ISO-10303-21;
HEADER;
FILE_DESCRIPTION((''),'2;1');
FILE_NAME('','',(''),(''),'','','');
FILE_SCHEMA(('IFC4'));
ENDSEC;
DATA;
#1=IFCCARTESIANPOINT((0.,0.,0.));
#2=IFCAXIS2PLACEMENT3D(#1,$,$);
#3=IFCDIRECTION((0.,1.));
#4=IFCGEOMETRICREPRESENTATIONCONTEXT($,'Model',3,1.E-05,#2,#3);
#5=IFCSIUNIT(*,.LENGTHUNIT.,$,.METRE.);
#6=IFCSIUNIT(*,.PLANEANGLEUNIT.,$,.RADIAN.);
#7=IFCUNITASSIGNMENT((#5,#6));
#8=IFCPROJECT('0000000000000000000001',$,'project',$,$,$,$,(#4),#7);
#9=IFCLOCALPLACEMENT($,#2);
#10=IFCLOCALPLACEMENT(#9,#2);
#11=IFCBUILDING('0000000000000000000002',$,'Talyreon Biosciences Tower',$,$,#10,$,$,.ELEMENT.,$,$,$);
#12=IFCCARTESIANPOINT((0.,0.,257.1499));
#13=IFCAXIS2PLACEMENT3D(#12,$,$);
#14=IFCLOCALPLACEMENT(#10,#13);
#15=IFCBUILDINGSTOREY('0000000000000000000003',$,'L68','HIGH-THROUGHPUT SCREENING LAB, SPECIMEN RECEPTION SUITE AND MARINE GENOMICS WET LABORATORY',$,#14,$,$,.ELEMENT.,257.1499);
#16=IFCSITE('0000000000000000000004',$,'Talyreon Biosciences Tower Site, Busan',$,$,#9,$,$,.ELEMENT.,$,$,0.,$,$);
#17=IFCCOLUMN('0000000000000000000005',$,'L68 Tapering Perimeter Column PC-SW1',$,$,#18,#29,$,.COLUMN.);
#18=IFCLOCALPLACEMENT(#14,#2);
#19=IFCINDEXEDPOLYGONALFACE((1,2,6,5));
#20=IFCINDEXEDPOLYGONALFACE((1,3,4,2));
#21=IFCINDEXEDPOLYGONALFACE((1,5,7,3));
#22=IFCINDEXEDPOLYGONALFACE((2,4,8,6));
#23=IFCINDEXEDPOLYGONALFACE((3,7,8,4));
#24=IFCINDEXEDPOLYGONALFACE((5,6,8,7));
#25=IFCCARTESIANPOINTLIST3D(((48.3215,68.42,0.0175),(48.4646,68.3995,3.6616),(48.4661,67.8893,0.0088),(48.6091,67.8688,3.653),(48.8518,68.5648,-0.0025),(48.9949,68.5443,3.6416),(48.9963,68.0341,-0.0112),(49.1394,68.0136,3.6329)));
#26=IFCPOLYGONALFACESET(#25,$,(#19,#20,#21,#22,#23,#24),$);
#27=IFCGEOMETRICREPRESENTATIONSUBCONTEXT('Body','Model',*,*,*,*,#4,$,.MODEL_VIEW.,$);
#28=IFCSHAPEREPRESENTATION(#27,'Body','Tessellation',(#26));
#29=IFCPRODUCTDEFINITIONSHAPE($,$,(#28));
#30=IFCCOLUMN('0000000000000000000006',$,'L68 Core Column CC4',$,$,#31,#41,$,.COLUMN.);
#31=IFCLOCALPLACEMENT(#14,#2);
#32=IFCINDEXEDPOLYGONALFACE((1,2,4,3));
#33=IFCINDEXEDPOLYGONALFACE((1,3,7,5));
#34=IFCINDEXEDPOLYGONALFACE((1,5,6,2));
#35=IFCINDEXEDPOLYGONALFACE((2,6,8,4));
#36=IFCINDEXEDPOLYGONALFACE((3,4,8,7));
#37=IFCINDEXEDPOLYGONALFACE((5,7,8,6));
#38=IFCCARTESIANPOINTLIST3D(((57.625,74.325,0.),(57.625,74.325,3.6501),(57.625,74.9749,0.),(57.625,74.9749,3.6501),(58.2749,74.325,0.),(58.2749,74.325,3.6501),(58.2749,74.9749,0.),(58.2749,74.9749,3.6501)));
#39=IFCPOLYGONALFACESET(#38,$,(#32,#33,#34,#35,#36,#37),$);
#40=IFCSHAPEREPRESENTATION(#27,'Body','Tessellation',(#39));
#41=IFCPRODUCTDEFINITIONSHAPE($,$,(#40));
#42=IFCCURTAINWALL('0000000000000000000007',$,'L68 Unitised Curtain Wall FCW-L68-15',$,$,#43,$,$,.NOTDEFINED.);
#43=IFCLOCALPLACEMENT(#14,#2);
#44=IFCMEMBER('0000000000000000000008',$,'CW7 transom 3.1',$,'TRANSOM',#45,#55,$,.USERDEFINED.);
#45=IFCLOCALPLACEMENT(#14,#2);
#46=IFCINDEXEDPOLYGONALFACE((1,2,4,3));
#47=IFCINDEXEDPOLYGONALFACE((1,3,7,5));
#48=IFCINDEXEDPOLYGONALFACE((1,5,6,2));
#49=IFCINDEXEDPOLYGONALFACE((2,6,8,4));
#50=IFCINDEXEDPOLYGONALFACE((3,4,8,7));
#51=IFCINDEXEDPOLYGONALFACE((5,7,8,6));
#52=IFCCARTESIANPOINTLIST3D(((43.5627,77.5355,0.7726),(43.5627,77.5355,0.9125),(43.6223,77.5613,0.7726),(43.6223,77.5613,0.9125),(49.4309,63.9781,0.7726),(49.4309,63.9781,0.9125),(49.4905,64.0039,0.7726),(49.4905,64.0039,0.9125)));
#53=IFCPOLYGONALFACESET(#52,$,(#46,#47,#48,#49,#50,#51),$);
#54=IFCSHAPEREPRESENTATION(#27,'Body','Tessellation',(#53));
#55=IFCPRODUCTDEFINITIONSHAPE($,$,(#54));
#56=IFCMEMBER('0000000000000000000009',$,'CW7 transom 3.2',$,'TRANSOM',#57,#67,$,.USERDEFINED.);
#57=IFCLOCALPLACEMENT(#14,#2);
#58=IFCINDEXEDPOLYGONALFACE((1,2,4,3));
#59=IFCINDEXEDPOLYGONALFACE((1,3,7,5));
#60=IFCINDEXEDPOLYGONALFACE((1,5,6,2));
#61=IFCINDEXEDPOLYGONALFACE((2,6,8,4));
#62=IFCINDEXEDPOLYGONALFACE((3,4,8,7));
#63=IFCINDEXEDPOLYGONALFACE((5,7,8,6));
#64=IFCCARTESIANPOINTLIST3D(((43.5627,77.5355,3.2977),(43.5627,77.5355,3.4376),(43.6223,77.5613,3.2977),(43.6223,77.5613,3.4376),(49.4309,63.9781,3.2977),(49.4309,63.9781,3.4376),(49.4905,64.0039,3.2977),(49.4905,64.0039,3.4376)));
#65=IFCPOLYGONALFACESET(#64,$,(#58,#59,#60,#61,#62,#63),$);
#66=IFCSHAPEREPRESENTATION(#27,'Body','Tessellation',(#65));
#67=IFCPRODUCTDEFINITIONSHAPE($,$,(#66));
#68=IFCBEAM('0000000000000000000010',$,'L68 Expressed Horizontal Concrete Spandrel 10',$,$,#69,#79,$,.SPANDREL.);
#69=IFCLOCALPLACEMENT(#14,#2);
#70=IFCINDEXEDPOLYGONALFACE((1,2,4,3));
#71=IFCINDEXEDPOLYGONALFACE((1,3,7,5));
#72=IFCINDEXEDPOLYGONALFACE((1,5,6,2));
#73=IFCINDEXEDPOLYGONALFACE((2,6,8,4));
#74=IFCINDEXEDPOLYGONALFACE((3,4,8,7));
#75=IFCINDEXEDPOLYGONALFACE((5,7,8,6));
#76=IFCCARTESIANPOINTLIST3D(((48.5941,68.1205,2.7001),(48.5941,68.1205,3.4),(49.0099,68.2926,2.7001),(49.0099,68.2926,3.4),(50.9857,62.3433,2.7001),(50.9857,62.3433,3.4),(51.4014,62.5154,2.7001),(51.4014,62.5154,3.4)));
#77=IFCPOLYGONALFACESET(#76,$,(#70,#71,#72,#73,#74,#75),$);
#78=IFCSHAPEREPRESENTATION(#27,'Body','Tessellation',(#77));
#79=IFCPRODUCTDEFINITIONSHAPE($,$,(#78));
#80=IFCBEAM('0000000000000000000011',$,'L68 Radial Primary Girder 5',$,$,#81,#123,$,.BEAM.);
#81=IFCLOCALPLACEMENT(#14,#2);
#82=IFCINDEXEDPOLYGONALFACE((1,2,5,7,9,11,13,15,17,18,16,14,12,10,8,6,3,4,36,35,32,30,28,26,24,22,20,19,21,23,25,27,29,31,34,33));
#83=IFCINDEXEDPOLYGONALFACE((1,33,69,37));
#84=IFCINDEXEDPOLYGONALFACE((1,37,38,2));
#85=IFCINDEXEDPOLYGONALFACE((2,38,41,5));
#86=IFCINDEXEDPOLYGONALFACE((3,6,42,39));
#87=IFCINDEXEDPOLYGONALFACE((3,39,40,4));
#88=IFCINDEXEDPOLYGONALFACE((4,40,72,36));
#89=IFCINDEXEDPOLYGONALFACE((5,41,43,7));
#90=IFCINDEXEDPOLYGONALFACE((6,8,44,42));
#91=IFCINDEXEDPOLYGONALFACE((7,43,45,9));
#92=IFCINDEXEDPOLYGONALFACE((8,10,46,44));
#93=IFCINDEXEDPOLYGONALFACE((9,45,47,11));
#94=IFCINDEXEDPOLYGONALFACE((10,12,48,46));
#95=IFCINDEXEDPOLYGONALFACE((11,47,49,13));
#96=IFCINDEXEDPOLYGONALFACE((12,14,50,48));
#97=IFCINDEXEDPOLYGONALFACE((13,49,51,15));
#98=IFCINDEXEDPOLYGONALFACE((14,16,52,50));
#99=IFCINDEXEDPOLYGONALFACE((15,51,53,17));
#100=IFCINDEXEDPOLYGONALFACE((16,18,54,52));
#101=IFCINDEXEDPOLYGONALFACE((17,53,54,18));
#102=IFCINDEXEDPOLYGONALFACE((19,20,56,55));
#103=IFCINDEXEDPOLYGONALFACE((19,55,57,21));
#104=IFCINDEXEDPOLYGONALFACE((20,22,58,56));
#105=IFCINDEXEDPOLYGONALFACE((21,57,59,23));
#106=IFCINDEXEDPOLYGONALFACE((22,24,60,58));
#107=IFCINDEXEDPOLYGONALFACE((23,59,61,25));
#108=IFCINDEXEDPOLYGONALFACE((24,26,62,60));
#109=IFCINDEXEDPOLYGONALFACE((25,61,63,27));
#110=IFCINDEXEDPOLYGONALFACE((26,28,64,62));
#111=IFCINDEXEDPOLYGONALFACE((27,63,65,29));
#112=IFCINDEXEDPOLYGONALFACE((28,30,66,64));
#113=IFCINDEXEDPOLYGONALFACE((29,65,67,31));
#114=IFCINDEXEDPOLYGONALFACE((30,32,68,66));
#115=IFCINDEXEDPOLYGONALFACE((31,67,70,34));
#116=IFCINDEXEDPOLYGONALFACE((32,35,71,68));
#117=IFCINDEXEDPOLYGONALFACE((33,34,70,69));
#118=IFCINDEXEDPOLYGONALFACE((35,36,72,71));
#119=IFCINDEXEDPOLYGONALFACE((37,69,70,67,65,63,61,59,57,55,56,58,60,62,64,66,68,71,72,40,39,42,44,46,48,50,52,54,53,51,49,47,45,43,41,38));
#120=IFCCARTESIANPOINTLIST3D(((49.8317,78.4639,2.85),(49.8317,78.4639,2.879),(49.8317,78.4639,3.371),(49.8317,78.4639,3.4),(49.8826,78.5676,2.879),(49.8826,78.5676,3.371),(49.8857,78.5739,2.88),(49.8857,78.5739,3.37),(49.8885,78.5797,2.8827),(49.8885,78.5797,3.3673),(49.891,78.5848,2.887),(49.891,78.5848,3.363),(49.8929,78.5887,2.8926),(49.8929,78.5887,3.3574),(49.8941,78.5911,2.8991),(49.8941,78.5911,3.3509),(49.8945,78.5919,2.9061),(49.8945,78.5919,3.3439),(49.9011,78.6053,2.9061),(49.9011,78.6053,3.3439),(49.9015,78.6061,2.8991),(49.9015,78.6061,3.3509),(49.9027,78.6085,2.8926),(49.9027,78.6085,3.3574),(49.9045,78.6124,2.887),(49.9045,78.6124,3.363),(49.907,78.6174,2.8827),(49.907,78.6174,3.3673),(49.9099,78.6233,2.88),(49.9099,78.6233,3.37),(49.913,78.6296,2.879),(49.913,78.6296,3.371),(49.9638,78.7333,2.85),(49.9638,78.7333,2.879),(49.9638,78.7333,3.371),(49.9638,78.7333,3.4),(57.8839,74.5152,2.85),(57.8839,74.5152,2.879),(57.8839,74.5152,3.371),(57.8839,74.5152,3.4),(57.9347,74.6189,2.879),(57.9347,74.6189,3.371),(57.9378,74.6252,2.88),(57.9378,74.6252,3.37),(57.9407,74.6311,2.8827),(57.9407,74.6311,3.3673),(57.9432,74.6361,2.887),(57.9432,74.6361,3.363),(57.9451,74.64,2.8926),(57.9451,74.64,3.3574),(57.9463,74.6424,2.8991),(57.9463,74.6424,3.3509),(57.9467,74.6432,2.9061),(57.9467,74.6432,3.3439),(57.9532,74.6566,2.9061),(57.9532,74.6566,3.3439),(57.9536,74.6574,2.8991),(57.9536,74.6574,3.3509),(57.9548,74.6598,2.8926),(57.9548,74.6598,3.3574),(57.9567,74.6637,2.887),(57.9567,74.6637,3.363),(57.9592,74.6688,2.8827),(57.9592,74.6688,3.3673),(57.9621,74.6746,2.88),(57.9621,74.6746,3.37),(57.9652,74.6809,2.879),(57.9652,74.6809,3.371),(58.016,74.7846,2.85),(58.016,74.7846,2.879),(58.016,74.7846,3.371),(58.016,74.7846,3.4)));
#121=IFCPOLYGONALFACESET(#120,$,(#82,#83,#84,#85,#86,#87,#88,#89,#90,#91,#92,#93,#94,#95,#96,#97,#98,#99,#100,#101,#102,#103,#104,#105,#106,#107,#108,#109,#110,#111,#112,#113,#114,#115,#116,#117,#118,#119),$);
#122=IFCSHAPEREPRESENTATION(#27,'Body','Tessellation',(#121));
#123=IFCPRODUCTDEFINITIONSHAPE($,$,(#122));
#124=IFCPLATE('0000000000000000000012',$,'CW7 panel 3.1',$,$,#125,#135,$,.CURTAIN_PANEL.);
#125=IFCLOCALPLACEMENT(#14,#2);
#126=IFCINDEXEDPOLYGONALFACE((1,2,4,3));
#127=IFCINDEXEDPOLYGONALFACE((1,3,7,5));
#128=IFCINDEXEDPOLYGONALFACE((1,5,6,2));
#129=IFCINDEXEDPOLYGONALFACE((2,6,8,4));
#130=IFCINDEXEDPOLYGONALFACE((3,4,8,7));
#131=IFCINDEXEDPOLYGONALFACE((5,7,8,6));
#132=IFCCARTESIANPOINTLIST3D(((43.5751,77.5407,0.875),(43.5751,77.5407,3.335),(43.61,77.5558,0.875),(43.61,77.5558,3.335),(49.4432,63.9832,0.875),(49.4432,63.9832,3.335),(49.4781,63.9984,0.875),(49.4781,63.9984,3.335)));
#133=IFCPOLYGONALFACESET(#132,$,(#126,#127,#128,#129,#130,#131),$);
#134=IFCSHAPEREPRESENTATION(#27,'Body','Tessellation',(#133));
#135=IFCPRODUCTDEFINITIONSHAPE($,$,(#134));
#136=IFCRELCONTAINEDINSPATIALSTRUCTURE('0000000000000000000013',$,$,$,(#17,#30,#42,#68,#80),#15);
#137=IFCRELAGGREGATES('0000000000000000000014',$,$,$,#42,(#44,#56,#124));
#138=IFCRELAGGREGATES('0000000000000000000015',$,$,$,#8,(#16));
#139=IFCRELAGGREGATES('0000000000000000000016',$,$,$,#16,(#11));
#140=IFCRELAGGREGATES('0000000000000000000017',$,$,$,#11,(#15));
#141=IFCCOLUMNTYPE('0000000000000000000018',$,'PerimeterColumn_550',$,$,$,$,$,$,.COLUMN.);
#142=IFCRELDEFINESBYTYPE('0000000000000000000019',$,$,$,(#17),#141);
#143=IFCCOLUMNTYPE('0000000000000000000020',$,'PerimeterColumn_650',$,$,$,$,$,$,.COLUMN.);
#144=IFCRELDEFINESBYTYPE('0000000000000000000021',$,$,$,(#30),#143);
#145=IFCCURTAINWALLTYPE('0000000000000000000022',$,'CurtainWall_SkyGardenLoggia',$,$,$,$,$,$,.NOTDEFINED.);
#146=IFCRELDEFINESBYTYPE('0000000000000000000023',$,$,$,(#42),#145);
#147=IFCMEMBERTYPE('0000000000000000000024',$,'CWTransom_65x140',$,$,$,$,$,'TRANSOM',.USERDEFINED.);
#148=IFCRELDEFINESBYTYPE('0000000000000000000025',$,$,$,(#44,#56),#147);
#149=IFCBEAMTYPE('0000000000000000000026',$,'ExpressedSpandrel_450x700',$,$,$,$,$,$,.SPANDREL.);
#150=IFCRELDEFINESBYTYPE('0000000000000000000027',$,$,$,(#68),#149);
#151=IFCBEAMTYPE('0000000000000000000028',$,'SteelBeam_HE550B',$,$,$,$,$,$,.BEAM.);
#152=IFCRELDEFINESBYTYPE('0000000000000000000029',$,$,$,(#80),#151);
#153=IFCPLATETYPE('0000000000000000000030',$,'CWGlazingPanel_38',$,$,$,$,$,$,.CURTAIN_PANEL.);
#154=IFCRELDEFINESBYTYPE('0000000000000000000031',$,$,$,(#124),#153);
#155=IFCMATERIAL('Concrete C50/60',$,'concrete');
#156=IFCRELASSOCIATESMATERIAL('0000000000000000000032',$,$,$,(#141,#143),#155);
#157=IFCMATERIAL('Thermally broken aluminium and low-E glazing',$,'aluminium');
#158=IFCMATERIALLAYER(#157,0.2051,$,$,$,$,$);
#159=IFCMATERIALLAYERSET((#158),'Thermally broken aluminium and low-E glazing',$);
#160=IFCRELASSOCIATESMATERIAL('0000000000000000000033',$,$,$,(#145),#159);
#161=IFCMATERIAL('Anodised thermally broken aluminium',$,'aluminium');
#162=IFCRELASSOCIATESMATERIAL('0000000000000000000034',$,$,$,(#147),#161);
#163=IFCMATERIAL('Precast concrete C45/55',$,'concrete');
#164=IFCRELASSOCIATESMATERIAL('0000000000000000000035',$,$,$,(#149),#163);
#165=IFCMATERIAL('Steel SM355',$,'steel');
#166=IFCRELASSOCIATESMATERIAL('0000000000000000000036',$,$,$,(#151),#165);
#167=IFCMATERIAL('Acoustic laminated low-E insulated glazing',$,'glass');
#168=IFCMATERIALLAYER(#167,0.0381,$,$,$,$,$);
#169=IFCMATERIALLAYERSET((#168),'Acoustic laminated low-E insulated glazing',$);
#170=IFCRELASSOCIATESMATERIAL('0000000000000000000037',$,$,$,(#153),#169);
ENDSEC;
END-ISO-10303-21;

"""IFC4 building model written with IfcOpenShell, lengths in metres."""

from ifc_helpers import new_model, si_unit, direction, frame, origin, origin_2d, place, context, subcontext, project, spatial, rectangle, i_section, extrude, material, layer, layer_set, material_profile, profile_set, type_object, element, aggregate, save


model = new_model("IFC4")

# Units and contexts
model_context = context("Model", 3, precision=1e-05, world=origin(), true_north=direction((0.0, 1.0)))
body_context = subcontext(model_context, "Body", "Model", "MODEL_VIEW")
ifc_project = project(units=[si_unit("LENGTHUNIT", "METRE"), si_unit("PLANEANGLEUNIT", "RADIAN")], contexts=[model_context])

# Site, building, storey
site_placement = place(None, origin())
site = spatial("IfcSite", under=ifc_project, at=site_placement, Name="Talyreon Biosciences Tower Site, Busan", CompositionType="ELEMENT", RefElevation=0.0)
building_placement = place(site_placement, origin())
building = spatial("IfcBuilding", under=site, at=building_placement, Name="Talyreon Biosciences Tower", CompositionType="ELEMENT")
storey_placement = place(building_placement, frame((0.0, 0.0, 257.1499)))
storey = spatial("IfcBuildingStorey", under=building, at=storey_placement, Name="L68", Description="HIGH-THROUGHPUT SCREENING LAB, SPECIMEN RECEPTION SUITE AND MARINE GENOMICS WET LABORATORY", CompositionType="ELEMENT", Elevation=257.1499)

# Columns
ifc_material_1 = material(Name="Concrete C50/60", Category="concrete")
ifc_material_profile_1 = material_profile(ifc_material_1, rectangle(XDim=0.55, YDim=0.55, at=origin_2d()), Name="RC 550x550")
ifc_profile_set_1 = profile_set([ifc_material_profile_1], Name="Concrete C50/60")
column_type_1 = type_object("IfcColumnType", Name="PerimeterColumn_550", PredefinedType="COLUMN", material=ifc_profile_set_1)
column_1_placement = place(storey_placement, frame((48.6589, 68.2271, 0.0032), z_axis=(0.03923, -0.005623, 0.999214), x_axis=(0.964058, 0.263193, -0.036368)))
element("IfcColumn", 1, at=column_1_placement, inside=storey, type_object=column_type_1, Name="L68 Tapering Perimeter Column PC-SW1", PredefinedType="COLUMN", context=body_context, shape_type="SweptSolid", body=[
    extrude(rectangle(XDim=0.55, YDim=0.55, at=origin_2d()), origin(), (0.0, 0.0, 1.0), 3.647),
])
ifc_material_profile_2 = material_profile(ifc_material_1, rectangle(XDim=0.6499, YDim=0.6499, at=origin_2d()), Name="RC 650x650")
ifc_profile_set_2 = profile_set([ifc_material_profile_2], Name="Concrete C50/60")
column_type_2 = type_object("IfcColumnType", Name="PerimeterColumn_650", PredefinedType="COLUMN", material=ifc_profile_set_2)
column_2_placement = place(storey_placement, frame((57.95, 74.6499, 0.0), z_axis=(0.0, 0.0, 1.0), x_axis=(1.0, 0.0, 0.0)))
element("IfcColumn", 2, at=column_2_placement, inside=storey, type_object=column_type_2, Name="L68 Core Column CC4", PredefinedType="COLUMN", context=body_context, shape_type="SweptSolid", body=[
    extrude(rectangle(XDim=0.6499, YDim=0.6499, at=origin_2d()), origin(), (0.0, 0.0, 1.0), 3.6501),
])

# Curtain wall, members
ifc_material_2 = material(Name="Thermally broken aluminium and low-E glazing", Category="aluminium")
ifc_layer_1 = layer(ifc_material_2, 0.2051)
ifc_layer_set_1 = layer_set([ifc_layer_1], Name="Thermally broken aluminium and low-E glazing")
curtain_wall_type = type_object("IfcCurtainWallType", Name="CurtainWall_SkyGardenLoggia", PredefinedType="NOTDEFINED", material=ifc_layer_set_1)
curtain_wall_placement = place(storey_placement, origin())
curtain_wall = element("IfcCurtainWall", 3, at=curtain_wall_placement, inside=storey, type_object=curtain_wall_type, Name="L68 Unitised Curtain Wall FCW-L68-15", PredefinedType="NOTDEFINED")
ifc_material_3 = material(Name="Anodised thermally broken aluminium", Category="aluminium")
ifc_material_profile_3 = material_profile(ifc_material_3, rectangle(XDim=0.0649, YDim=0.1399, at=origin_2d()), Name="ALUM TRANSOM 65x140")
ifc_profile_set_3 = profile_set([ifc_material_profile_3], Name="Anodised thermally broken aluminium")
member_type = type_object("IfcMemberType", Name="CWTransom_65x140", ElementType="TRANSOM", PredefinedType="USERDEFINED", material=ifc_profile_set_3)
member_1_placement = place(storey_placement, frame((49.4607, 63.991, 0.8425), z_axis=(-0.397226, 0.917721, 0.0), x_axis=(-0.917721, -0.397226, 0.0)))
member_1 = element("IfcMember", 4, at=member_1_placement, type_object=member_type, Name="CW7 transom 3.1", ObjectType="TRANSOM", PredefinedType="USERDEFINED", context=body_context, shape_type="SweptSolid", body=[
    extrude(rectangle(XDim=0.0649, YDim=0.1399, at=origin_2d()), origin(), (0.0, 0.0, 1.0), 14.7729),
])
member_2_placement = place(storey_placement, frame((49.4607, 63.991, 3.3677), z_axis=(-0.397226, 0.917721, 0.0), x_axis=(-0.917721, -0.397226, 0.0)))
member_2 = element("IfcMember", 5, at=member_2_placement, type_object=member_type, Name="CW7 transom 3.2", ObjectType="TRANSOM", PredefinedType="USERDEFINED", context=body_context, shape_type="SweptSolid", body=[
    extrude(rectangle(XDim=0.0649, YDim=0.1399, at=origin_2d()), origin(), (0.0, 0.0, 1.0), 14.7729),
])

# Beams
ifc_material_4 = material(Name="Precast concrete C45/55", Category="concrete")
ifc_material_profile_4 = material_profile(ifc_material_4, rectangle(XDim=0.45, YDim=0.7, at=origin_2d()), Name="RCB 450x700")
ifc_profile_set_4 = profile_set([ifc_material_profile_4], Name="Precast concrete C45/55")
beam_type_1 = type_object("IfcBeamType", Name="ExpressedSpandrel_450x700", PredefinedType="SPANDREL", material=ifc_profile_set_4)
beam_1_placement = place(storey_placement, frame((48.802, 68.2065, 3.05), z_axis=(0.382485, -0.923962, 0.0), x_axis=(0.923962, 0.382485, 0.0)))
element("IfcBeam", 6, at=beam_1_placement, inside=storey, type_object=beam_type_1, Name="L68 Expressed Horizontal Concrete Spandrel 10", PredefinedType="SPANDREL", context=body_context, shape_type="SweptSolid", body=[
    extrude(rectangle(XDim=0.45, YDim=0.7, at=origin_2d()), origin(), (0.0, 0.0, 1.0), 6.2527),
])
ifc_material_5 = material(Name="Steel SM355", Category="steel")
ifc_material_profile_5 = material_profile(ifc_material_5, i_section(OverallWidth=0.3, OverallDepth=0.55, WebThickness=0.0149, FlangeThickness=0.0291, FilletRadius=0.0271, at=origin_2d()), Name="HE550B")
ifc_profile_set_5 = profile_set([ifc_material_profile_5], Name="Steel SM355")
beam_type_2 = type_object("IfcBeamType", Name="SteelBeam_HE550B", PredefinedType="BEAM", material=ifc_profile_set_5)
beam_2_placement = place(storey_placement, frame((57.95, 74.6499, 3.125), z_axis=(-0.897852, 0.440297, 0.0), x_axis=(-0.440297, -0.897852, 0.0)))
element("IfcBeam", 7, at=beam_2_placement, inside=storey, type_object=beam_type_2, Name="L68 Radial Primary Girder 5", PredefinedType="BEAM", context=body_context, shape_type="SweptSolid", body=[
    extrude(i_section(OverallWidth=0.3, OverallDepth=0.55, WebThickness=0.0149, FlangeThickness=0.0291, FilletRadius=0.0271, at=origin_2d()), origin(), (0.0, 0.0, 1.0), 8.9683),
])

# Plate
ifc_material_6 = material(Name="Acoustic laminated low-E insulated glazing", Category="glass")
ifc_layer_2 = layer(ifc_material_6, 0.0381)
ifc_layer_set_2 = layer_set([ifc_layer_2], Name="Acoustic laminated low-E insulated glazing")
plate_type = type_object("IfcPlateType", Name="CWGlazingPanel_38", PredefinedType="CURTAIN_PANEL", material=ifc_layer_set_2)
plate_placement = place(storey_placement, frame((46.5266, 70.7695, 0.875), z_axis=(0.0, 0.0, 1.0), x_axis=(-0.397221, 0.917723, 0.0)))
plate = element("IfcPlate", 8, at=plate_placement, type_object=plate_type, Name="CW7 panel 3.1", PredefinedType="CURTAIN_PANEL", context=body_context, shape_type="SweptSolid", body=[
    extrude(rectangle(XDim=14.7729, YDim=0.0381, at=origin_2d()), origin(), (0.0, 0.0, 1.0), 2.46),
])
aggregate(curtain_wall, [member_1, member_2, plate])

save(model, "model.ifc")
